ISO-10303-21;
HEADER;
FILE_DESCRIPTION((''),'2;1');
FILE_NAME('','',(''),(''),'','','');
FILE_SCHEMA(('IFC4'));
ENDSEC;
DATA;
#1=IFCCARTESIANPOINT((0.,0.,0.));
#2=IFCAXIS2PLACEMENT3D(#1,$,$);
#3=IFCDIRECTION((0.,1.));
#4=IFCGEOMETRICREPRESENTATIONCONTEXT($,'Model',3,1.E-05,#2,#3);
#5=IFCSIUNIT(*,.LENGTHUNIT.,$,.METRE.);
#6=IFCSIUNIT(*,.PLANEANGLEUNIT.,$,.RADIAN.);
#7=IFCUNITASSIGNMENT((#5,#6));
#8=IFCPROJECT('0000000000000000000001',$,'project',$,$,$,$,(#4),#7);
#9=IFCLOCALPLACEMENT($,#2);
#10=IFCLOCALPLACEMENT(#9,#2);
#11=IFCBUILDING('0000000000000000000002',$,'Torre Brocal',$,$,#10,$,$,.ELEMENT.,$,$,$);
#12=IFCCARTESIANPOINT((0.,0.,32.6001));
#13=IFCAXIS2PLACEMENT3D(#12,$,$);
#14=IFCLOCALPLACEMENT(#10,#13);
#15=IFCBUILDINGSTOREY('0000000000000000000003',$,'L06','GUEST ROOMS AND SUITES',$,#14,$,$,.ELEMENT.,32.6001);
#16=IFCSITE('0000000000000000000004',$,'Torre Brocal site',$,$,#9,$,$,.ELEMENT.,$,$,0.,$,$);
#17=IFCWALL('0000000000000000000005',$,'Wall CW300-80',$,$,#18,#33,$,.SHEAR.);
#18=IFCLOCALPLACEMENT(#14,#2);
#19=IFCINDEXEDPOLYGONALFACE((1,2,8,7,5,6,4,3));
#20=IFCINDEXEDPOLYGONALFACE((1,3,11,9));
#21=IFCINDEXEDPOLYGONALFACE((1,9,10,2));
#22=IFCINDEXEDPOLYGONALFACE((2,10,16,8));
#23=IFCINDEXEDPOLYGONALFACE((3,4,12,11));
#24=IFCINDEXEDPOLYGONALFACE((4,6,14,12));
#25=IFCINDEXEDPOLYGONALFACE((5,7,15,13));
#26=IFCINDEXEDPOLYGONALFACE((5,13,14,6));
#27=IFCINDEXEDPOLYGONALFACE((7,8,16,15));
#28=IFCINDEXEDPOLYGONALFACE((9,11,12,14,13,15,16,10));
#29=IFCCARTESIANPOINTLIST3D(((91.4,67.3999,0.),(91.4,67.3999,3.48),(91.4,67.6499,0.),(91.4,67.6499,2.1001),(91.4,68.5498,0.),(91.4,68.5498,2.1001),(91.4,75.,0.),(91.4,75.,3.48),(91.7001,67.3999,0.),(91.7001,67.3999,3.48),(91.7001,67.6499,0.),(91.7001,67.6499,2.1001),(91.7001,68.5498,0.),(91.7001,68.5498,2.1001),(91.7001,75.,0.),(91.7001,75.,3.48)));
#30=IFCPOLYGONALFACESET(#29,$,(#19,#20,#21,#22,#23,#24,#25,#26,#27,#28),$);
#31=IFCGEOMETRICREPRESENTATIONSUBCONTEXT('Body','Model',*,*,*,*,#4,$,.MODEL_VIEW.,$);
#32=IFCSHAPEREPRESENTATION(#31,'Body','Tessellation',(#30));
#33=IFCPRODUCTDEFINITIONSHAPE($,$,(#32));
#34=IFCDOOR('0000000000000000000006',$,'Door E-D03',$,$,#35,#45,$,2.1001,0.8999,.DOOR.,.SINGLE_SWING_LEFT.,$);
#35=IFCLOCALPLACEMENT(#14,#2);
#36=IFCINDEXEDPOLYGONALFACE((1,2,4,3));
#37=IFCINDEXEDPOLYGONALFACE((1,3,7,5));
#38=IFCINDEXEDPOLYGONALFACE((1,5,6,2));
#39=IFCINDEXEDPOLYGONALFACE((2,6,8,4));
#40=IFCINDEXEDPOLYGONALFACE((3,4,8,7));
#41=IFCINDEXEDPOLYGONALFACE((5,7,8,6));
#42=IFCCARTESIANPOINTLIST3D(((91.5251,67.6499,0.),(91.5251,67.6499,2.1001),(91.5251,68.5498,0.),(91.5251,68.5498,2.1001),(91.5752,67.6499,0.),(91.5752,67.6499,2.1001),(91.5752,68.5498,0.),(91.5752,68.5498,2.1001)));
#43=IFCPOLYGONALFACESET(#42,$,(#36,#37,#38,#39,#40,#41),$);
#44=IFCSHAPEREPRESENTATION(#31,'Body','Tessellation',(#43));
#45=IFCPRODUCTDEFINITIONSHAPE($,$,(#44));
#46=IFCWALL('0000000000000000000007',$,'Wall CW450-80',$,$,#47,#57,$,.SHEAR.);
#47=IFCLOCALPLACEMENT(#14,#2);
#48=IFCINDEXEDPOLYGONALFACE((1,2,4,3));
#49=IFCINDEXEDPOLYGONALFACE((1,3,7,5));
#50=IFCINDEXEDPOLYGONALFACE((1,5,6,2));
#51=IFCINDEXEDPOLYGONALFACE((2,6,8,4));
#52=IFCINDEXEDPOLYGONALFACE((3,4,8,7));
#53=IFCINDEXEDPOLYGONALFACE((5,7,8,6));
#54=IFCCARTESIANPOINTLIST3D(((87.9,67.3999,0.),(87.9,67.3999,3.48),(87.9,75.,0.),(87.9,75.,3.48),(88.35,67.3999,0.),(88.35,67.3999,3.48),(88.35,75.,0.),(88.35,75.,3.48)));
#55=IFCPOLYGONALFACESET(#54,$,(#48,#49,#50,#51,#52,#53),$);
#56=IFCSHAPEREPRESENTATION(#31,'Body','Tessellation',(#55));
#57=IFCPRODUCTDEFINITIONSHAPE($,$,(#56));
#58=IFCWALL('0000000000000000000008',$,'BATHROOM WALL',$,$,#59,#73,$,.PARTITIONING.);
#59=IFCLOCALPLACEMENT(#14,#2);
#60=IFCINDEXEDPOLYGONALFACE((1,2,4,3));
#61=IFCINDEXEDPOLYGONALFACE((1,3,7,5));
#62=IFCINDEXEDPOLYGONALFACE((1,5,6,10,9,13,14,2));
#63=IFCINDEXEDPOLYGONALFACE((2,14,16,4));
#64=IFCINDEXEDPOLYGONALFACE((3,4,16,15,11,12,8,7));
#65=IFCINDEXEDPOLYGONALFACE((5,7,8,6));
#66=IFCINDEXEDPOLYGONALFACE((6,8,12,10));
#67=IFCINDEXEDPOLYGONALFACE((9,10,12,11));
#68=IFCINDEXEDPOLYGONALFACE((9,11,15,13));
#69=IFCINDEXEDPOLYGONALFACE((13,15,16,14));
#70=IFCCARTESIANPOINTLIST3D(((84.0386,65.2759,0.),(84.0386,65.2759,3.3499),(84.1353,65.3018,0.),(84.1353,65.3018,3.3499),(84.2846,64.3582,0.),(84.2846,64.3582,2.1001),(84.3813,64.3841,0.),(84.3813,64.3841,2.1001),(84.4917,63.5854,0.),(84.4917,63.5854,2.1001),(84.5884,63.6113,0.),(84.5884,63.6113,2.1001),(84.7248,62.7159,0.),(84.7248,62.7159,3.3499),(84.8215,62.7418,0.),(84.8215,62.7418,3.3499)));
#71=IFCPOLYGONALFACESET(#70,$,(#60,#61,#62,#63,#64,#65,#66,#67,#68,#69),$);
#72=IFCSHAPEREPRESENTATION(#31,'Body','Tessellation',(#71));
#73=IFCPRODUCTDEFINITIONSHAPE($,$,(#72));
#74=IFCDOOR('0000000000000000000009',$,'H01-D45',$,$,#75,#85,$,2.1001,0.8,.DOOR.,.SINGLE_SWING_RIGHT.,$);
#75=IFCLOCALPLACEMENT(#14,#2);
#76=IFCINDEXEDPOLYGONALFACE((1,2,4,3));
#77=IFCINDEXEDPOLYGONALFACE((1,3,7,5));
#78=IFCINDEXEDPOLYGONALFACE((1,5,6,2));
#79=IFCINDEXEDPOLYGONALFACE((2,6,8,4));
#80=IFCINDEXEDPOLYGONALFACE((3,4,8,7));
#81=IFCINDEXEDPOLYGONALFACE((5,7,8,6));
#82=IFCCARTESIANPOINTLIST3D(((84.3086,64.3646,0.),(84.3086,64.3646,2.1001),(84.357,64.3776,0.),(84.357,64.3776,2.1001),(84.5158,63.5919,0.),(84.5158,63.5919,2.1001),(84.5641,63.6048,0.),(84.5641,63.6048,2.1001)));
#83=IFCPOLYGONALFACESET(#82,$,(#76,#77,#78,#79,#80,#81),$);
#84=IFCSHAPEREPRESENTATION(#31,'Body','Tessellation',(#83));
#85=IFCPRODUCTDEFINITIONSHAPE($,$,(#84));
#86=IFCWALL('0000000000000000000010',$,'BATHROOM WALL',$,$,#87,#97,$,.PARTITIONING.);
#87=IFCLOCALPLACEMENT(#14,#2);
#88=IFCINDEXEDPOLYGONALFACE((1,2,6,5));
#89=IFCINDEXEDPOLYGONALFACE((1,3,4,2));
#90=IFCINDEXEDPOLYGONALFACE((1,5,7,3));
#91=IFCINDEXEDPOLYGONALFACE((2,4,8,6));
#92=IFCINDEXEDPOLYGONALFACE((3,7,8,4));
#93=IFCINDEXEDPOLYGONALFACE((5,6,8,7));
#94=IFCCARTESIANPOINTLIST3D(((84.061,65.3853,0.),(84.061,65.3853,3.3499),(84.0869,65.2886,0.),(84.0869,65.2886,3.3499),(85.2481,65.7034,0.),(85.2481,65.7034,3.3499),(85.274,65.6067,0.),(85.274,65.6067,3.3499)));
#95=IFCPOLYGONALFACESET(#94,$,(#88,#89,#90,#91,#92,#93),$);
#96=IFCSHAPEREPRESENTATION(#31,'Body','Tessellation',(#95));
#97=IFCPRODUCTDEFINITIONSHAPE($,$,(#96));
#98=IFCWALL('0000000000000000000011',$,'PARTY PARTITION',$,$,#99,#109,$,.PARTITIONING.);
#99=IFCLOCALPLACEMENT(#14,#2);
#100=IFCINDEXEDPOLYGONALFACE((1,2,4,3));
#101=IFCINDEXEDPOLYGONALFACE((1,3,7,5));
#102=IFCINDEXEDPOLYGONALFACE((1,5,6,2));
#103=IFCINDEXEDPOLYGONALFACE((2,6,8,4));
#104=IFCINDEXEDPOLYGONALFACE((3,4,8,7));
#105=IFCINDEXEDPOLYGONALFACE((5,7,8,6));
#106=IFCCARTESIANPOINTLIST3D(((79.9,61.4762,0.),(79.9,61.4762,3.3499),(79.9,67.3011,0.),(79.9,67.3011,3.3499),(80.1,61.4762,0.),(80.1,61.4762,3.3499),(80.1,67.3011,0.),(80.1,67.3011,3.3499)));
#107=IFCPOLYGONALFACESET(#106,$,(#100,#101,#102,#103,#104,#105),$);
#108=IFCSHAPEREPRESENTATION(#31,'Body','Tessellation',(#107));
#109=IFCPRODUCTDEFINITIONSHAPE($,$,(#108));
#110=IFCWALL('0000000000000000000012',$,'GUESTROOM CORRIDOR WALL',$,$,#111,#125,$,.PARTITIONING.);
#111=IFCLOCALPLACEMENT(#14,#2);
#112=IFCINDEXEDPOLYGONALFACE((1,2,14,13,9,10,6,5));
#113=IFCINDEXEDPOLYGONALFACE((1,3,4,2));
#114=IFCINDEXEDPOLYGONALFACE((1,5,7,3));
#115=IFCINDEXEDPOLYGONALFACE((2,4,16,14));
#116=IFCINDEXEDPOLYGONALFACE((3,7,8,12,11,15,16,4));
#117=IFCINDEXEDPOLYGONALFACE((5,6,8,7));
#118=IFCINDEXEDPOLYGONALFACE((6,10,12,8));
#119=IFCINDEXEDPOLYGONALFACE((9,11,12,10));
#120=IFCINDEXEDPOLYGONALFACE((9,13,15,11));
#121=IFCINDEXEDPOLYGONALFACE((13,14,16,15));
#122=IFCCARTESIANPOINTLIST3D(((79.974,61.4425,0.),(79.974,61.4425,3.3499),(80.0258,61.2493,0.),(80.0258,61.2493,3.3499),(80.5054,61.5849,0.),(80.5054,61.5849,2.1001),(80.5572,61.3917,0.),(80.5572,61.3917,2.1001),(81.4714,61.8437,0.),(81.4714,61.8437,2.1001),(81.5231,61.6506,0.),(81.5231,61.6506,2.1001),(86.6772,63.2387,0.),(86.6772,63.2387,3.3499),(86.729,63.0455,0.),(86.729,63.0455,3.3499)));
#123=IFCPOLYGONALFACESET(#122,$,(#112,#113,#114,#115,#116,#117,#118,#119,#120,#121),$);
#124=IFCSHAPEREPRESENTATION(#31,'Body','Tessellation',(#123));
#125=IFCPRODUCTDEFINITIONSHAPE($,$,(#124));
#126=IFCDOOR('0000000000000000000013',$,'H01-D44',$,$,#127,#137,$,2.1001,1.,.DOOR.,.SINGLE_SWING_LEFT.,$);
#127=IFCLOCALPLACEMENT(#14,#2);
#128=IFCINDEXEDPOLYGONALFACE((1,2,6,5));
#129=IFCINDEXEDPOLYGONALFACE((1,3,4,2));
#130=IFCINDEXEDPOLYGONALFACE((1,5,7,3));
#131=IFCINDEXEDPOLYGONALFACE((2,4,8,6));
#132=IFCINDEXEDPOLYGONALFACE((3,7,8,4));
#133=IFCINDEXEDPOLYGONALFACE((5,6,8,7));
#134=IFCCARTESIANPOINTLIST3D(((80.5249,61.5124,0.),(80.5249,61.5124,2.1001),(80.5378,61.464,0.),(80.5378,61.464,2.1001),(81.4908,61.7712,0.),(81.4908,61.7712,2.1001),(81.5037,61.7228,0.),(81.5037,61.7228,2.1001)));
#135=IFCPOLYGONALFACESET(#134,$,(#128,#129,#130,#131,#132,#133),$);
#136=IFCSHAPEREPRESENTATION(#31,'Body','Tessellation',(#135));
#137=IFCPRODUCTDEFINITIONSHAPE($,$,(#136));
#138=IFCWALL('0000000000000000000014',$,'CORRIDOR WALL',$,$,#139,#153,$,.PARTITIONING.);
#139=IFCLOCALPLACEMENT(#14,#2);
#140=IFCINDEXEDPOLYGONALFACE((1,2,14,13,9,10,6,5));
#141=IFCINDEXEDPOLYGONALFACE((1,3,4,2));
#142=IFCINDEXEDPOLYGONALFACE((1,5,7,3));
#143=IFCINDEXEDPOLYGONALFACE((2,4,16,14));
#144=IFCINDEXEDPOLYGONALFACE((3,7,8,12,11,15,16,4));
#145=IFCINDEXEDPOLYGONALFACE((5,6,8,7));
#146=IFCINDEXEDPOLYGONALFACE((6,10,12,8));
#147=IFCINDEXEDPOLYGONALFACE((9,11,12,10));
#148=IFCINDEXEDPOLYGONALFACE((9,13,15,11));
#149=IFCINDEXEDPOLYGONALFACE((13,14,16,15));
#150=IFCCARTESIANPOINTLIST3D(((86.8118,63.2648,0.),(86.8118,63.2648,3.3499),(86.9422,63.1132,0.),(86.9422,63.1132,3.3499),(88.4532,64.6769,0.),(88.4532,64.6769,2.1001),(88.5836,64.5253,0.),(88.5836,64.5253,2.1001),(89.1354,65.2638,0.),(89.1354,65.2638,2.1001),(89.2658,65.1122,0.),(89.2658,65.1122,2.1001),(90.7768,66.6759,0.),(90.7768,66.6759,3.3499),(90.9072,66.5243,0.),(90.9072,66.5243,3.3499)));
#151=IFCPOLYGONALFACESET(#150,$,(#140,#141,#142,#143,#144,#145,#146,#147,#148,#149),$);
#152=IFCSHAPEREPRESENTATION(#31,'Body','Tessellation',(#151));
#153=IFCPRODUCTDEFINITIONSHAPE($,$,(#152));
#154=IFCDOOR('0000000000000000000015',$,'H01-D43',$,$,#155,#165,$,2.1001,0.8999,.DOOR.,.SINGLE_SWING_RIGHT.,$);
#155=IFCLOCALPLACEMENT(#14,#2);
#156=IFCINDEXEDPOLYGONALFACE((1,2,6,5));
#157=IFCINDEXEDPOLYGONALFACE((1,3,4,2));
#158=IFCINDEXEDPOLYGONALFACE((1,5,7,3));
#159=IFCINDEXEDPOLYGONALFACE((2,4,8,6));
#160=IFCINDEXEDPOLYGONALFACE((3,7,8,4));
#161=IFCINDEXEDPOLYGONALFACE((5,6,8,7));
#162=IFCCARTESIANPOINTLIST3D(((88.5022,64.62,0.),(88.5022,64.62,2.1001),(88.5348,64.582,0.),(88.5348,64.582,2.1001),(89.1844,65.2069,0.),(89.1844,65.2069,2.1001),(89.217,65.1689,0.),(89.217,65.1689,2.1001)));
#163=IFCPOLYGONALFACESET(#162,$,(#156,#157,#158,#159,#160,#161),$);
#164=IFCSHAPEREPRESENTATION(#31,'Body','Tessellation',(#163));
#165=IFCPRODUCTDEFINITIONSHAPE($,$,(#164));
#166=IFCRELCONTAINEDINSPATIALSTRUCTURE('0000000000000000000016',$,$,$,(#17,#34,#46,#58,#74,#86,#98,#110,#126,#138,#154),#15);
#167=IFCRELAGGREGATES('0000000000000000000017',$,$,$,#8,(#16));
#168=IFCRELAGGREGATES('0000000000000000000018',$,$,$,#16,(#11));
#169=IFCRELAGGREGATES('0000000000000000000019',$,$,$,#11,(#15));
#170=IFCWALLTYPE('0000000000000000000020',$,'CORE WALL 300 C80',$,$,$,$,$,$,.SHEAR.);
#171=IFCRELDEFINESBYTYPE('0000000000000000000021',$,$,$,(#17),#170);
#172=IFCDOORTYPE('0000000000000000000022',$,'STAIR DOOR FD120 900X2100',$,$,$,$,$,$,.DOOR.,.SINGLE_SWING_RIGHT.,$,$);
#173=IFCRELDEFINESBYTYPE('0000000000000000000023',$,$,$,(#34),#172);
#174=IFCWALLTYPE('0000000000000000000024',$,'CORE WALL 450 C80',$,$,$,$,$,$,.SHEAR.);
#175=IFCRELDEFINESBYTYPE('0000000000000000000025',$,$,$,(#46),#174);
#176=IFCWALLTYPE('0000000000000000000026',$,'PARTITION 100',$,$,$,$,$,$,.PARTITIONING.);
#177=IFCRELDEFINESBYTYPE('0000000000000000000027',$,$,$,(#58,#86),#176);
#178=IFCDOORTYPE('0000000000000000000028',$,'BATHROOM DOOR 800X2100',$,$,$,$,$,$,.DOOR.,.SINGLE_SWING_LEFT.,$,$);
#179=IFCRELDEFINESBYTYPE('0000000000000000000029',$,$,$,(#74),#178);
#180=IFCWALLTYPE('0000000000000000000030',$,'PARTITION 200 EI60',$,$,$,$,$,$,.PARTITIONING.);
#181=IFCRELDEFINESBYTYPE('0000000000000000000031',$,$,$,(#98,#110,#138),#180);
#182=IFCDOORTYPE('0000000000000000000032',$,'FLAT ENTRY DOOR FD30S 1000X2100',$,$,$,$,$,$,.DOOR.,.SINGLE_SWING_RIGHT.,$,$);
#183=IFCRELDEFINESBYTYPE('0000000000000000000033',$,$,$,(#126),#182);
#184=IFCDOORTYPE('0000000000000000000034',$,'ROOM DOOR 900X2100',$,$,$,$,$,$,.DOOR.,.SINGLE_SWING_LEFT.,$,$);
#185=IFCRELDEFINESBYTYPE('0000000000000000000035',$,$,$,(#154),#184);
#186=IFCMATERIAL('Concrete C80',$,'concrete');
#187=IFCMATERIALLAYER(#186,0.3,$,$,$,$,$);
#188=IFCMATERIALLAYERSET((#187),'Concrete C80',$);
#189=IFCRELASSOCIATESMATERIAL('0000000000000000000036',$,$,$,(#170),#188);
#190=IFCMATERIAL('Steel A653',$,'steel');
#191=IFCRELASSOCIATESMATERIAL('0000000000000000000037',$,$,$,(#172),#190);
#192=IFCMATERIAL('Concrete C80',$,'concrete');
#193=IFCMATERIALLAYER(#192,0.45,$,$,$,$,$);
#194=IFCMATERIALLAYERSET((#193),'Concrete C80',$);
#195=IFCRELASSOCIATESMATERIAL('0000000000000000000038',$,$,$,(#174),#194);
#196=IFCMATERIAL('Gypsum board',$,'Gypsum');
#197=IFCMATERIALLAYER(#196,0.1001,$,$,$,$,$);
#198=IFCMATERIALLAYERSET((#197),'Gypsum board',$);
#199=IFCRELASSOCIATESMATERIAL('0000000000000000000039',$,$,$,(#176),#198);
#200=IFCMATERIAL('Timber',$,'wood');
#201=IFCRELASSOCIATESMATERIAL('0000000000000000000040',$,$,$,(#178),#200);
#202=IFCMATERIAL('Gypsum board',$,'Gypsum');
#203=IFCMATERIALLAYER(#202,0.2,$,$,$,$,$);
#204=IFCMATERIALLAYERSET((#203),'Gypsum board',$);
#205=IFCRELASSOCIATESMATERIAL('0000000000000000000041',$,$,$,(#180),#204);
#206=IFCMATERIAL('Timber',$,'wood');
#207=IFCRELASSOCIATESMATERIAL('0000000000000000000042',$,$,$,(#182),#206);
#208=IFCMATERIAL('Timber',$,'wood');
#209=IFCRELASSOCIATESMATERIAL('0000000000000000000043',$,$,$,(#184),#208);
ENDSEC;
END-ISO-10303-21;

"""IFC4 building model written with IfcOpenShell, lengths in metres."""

from ifc_helpers import new_model, si_unit, direction, frame, frame_2d, origin, place, context, subcontext, project, spatial, rectangle, extrude, material, layer, layer_set, type_object, element, fill, save


model = new_model("IFC4")

# Units and contexts
model_context = context("Model", 3, precision=1e-05, world=origin(), true_north=direction((0.0, 1.0)))
body_context = subcontext(model_context, "Body", "Model", "MODEL_VIEW")
ifc_project = project(units=[si_unit("LENGTHUNIT", "METRE"), si_unit("PLANEANGLEUNIT", "RADIAN")], contexts=[model_context])

# Site, building, storey
site_placement = place(None, origin())
site = spatial("IfcSite", under=ifc_project, at=site_placement, Name="Torre Brocal site", CompositionType="ELEMENT", RefElevation=0.0)
building_placement = place(site_placement, origin())
building = spatial("IfcBuilding", under=site, at=building_placement, Name="Torre Brocal", CompositionType="ELEMENT")
storey_placement = place(building_placement, frame((0.0, 0.0, 32.6001)))
storey = spatial("IfcBuildingStorey", under=building, at=storey_placement, Name="L06", Description="GUEST ROOMS AND SUITES", CompositionType="ELEMENT", Elevation=32.6001)

# Wall, opening, door
ifc_material_1 = material(Name="Concrete C80", Category="concrete")
ifc_layer_1 = layer(ifc_material_1, 0.3)
ifc_layer_set_1 = layer_set([ifc_layer_1], Name="Concrete C80")
wall_type_1 = type_object("IfcWallType", Name="CORE WALL 300 C80", PredefinedType="SHEAR", material=ifc_layer_set_1)
wall_1_placement = place(storey_placement, frame((91.55, 67.3999, 0.0), z_axis=(0.0, 0.0, 1.0), x_axis=(0.0, 1.0, 0.0)))
wall_1 = element("IfcWall", 1, at=wall_1_placement, inside=storey, type_object=wall_type_1, Name="Wall CW300-80", PredefinedType="SHEAR", context=body_context, shape_type="SweptSolid", body=[
    extrude(rectangle(XDim=7.6001, YDim=0.3, at=frame_2d((3.8, 0.0))), origin(), (0.0, 0.0, 1.0), 3.48),
])
opening_1_placement = place(wall_1_placement, frame((0.25, 0.0, 0.0)))
opening_1 = element("IfcOpeningElement", 2, at=opening_1_placement, cuts=wall_1, PredefinedType="OPENING", context=body_context, shape_type="SweptSolid", body=[
    extrude(rectangle(XDim=0.8999, YDim=2.1001, at=frame_2d((0.45, 1.05))), frame((0.0, 0.1599, 0.0), z_axis=(0.0, -1.0, 0.0), x_axis=(1.0, 0.0, 0.0)), (0.0, 0.0, 1.0), 0.3201),
])
ifc_material_2 = material(Name="Steel A653", Category="steel")
door_type_1 = type_object("IfcDoorType", Name="STAIR DOOR FD120 900X2100", OperationType="SINGLE_SWING_RIGHT", PredefinedType="DOOR", material=ifc_material_2)
door_1_placement = place(opening_1_placement, origin())
door_1 = element("IfcDoor", 3, at=door_1_placement, inside=storey, type_object=door_type_1, Name="Door E-D03", OperationType="SINGLE_SWING_LEFT", OverallHeight=2.1001, OverallWidth=0.8999, PredefinedType="DOOR", context=body_context, shape_type="SweptSolid", body=[
    extrude(rectangle(XDim=0.8999, YDim=2.1001, at=frame_2d((0.45, 1.05))), frame((0.0, 0.0249, 0.0), z_axis=(0.0, -1.0, 0.0), x_axis=(1.0, 0.0, 0.0)), (0.0, 0.0, 1.0), 0.05),
])
fill(opening_1, door_1)

# Wall
ifc_material_3 = material(Name="Concrete C80", Category="concrete")
ifc_layer_2 = layer(ifc_material_3, 0.45)
ifc_layer_set_2 = layer_set([ifc_layer_2], Name="Concrete C80")
wall_type_2 = type_object("IfcWallType", Name="CORE WALL 450 C80", PredefinedType="SHEAR", material=ifc_layer_set_2)
wall_2_placement = place(storey_placement, frame((88.125, 67.3999, 0.0), z_axis=(0.0, 0.0, 1.0), x_axis=(0.0, 1.0, 0.0)))
element("IfcWall", 4, at=wall_2_placement, inside=storey, type_object=wall_type_2, Name="Wall CW450-80", PredefinedType="SHEAR", context=body_context, shape_type="SweptSolid", body=[
    extrude(rectangle(XDim=7.6001, YDim=0.45, at=frame_2d((3.8, 0.0))), origin(), (0.0, 0.0, 1.0), 3.48),
])

# Wall, opening, door
ifc_material_4 = material(Name="Gypsum board", Category="Gypsum")
ifc_layer_3 = layer(ifc_material_4, 0.1001)
ifc_layer_set_3 = layer_set([ifc_layer_3], Name="Gypsum board")
wall_type_3 = type_object("IfcWallType", Name="PARTITION 100", PredefinedType="PARTITIONING", material=ifc_layer_set_3)
wall_3_placement = place(storey_placement, frame((84.0869, 65.2888, 0.0), z_axis=(0.0, 0.0, 1.0), x_axis=(0.258929, -0.965896, 0.0)))
wall_3 = element("IfcWall", 5, at=wall_3_placement, inside=storey, type_object=wall_type_3, Name="BATHROOM WALL", PredefinedType="PARTITIONING", context=body_context, shape_type="SweptSolid", body=[
    extrude(rectangle(XDim=2.6504, YDim=0.1001, at=frame_2d((1.3252, 0.0))), origin(), (0.0, 0.0, 1.0), 3.3499),
])
opening_2_placement = place(wall_3_placement, frame((0.9502, 0.0, 0.0)))
opening_2 = element("IfcOpeningElement", 6, at=opening_2_placement, cuts=wall_3, PredefinedType="OPENING", context=body_context, shape_type="SweptSolid", body=[
    extrude(rectangle(XDim=0.8, YDim=2.1001, at=frame_2d((0.3999, 1.05))), frame((0.0, 0.0601, 0.0), z_axis=(0.0, -1.0, 0.0), x_axis=(1.0, 0.0, 0.0)), (0.0, 0.0, 1.0), 0.1201),
])
ifc_material_5 = material(Name="Timber", Category="wood")
door_type_2 = type_object("IfcDoorType", Name="BATHROOM DOOR 800X2100", OperationType="SINGLE_SWING_LEFT", PredefinedType="DOOR", material=ifc_material_5)
door_2_placement = place(opening_2_placement, origin())
door_2 = element("IfcDoor", 7, at=door_2_placement, inside=storey, type_object=door_type_2, Name="H01-D45", OperationType="SINGLE_SWING_RIGHT", OverallHeight=2.1001, OverallWidth=0.8, PredefinedType="DOOR", context=body_context, shape_type="SweptSolid", body=[
    extrude(rectangle(XDim=0.8, YDim=2.1001, at=frame_2d((0.3999, 1.05))), frame((0.0, 0.0249, 0.0), z_axis=(0.0, -1.0, 0.0), x_axis=(1.0, 0.0, 0.0)), (0.0, 0.0, 1.0), 0.05),
])
fill(opening_2, door_2)

# Walls
wall_4_placement = place(storey_placement, frame((84.074, 65.3369, 0.0), z_axis=(0.0, 0.0, 1.0), x_axis=(0.965914, 0.258862, 0.0)))
element("IfcWall", 8, at=wall_4_placement, inside=storey, type_object=wall_type_3, Name="BATHROOM WALL", PredefinedType="PARTITIONING", context=body_context, shape_type="SweptSolid", body=[
    extrude(rectangle(XDim=1.229, YDim=0.1001, at=frame_2d((0.6145, 0.0))), origin(), (0.0, 0.0, 1.0), 3.3499),
])
ifc_material_6 = material(Name="Gypsum board", Category="Gypsum")
ifc_layer_4 = layer(ifc_material_6, 0.2)
ifc_layer_set_4 = layer_set([ifc_layer_4], Name="Gypsum board")
wall_type_4 = type_object("IfcWallType", Name="PARTITION 200 EI60", PredefinedType="PARTITIONING", material=ifc_layer_set_4)
wall_5_placement = place(storey_placement, frame((80.0, 61.4761, 0.0), z_axis=(0.0, 0.0, 1.0), x_axis=(0.0, 1.0, 0.0)))
element("IfcWall", 9, at=wall_5_placement, inside=storey, type_object=wall_type_4, Name="PARTY PARTITION", PredefinedType="PARTITIONING", context=body_context, shape_type="SweptSolid", body=[
    extrude(rectangle(XDim=5.825, YDim=0.2, at=frame_2d((2.9126, 0.0))), origin(), (0.0, 0.0, 1.0), 3.3499),
])

# Walls, openings, doors
wall_6_placement = place(storey_placement, frame((80.0, 61.3459, 0.0), z_axis=(0.0, 0.0, 1.0), x_axis=(0.965924, 0.258825, 0.0)))
wall_6 = element("IfcWall", 10, at=wall_6_placement, inside=storey, type_object=wall_type_4, Name="GUESTROOM CORRIDOR WALL", PredefinedType="PARTITIONING", context=body_context, shape_type="SweptSolid", body=[
    extrude(rectangle(XDim=6.9397, YDim=0.2, at=frame_2d((3.4697, 0.0))), origin(), (0.0, 0.0, 1.0), 3.3499),
])
opening_3_placement = place(wall_6_placement, frame((0.55, 0.0, 0.0)))
opening_3 = element("IfcOpeningElement", 11, at=opening_3_placement, cuts=wall_6, PredefinedType="OPENING", context=body_context, shape_type="SweptSolid", body=[
    extrude(rectangle(XDim=1.0, YDim=2.1001, at=frame_2d((0.5, 1.05))), frame((0.0, 0.1099, 0.0), z_axis=(0.0, -1.0, 0.0), x_axis=(1.0, 0.0, 0.0)), (0.0, 0.0, 1.0), 0.22),
])
ifc_material_7 = material(Name="Timber", Category="wood")
door_type_3 = type_object("IfcDoorType", Name="FLAT ENTRY DOOR FD30S 1000X2100", OperationType="SINGLE_SWING_RIGHT", PredefinedType="DOOR", material=ifc_material_7)
door_3_placement = place(opening_3_placement, origin())
door_3 = element("IfcDoor", 12, at=door_3_placement, inside=storey, type_object=door_type_3, Name="H01-D44", OperationType="SINGLE_SWING_LEFT", OverallHeight=2.1001, OverallWidth=1.0, PredefinedType="DOOR", context=body_context, shape_type="SweptSolid", body=[
    extrude(rectangle(XDim=1.0, YDim=2.1001, at=frame_2d((0.5, 1.05))), frame((0.0, 0.0249, 0.0), z_axis=(0.0, -1.0, 0.0), x_axis=(1.0, 0.0, 0.0)), (0.0, 0.0, 1.0), 0.05),
])
fill(opening_3, door_3)
wall_7_placement = place(storey_placement, frame((86.877, 63.189, 0.0), z_axis=(0.0, 0.0, 1.0), x_axis=(0.758076, 0.652166, 0.0)))
wall_7 = element("IfcWall", 13, at=wall_7_placement, inside=storey, type_object=wall_type_4, Name="CORRIDOR WALL", PredefinedType="PARTITIONING", context=body_context, shape_type="SweptSolid", body=[
    extrude(rectangle(XDim=5.2305, YDim=0.2, at=frame_2d((2.6152, 0.0))), origin(), (0.0, 0.0, 1.0), 3.3499),
])
opening_4_placement = place(wall_7_placement, frame((2.1653, 0.0, 0.0)))
opening_4 = element("IfcOpeningElement", 14, at=opening_4_placement, cuts=wall_7, PredefinedType="OPENING", context=body_context, shape_type="SweptSolid", body=[
    extrude(rectangle(XDim=0.8999, YDim=2.1001, at=frame_2d((0.45, 1.05))), frame((0.0, 0.1099, 0.0), z_axis=(0.0, -1.0, 0.0), x_axis=(1.0, 0.0, 0.0)), (0.0, 0.0, 1.0), 0.22),
])
ifc_material_8 = material(Name="Timber", Category="wood")
door_type_4 = type_object("IfcDoorType", Name="ROOM DOOR 900X2100", OperationType="SINGLE_SWING_LEFT", PredefinedType="DOOR", material=ifc_material_8)
door_4_placement = place(opening_4_placement, origin())
door_4 = element("IfcDoor", 15, at=door_4_placement, inside=storey, type_object=door_type_4, Name="H01-D43", OperationType="SINGLE_SWING_RIGHT", OverallHeight=2.1001, OverallWidth=0.8999, PredefinedType="DOOR", context=body_context, shape_type="SweptSolid", body=[
    extrude(rectangle(XDim=0.8999, YDim=2.1001, at=frame_2d((0.45, 1.05))), frame((0.0, 0.0249, 0.0), z_axis=(0.0, -1.0, 0.0), x_axis=(1.0, 0.0, 0.0)), (0.0, 0.0, 1.0), 0.05),
])
fill(opening_4, door_4)

save(model, "model.ifc")
